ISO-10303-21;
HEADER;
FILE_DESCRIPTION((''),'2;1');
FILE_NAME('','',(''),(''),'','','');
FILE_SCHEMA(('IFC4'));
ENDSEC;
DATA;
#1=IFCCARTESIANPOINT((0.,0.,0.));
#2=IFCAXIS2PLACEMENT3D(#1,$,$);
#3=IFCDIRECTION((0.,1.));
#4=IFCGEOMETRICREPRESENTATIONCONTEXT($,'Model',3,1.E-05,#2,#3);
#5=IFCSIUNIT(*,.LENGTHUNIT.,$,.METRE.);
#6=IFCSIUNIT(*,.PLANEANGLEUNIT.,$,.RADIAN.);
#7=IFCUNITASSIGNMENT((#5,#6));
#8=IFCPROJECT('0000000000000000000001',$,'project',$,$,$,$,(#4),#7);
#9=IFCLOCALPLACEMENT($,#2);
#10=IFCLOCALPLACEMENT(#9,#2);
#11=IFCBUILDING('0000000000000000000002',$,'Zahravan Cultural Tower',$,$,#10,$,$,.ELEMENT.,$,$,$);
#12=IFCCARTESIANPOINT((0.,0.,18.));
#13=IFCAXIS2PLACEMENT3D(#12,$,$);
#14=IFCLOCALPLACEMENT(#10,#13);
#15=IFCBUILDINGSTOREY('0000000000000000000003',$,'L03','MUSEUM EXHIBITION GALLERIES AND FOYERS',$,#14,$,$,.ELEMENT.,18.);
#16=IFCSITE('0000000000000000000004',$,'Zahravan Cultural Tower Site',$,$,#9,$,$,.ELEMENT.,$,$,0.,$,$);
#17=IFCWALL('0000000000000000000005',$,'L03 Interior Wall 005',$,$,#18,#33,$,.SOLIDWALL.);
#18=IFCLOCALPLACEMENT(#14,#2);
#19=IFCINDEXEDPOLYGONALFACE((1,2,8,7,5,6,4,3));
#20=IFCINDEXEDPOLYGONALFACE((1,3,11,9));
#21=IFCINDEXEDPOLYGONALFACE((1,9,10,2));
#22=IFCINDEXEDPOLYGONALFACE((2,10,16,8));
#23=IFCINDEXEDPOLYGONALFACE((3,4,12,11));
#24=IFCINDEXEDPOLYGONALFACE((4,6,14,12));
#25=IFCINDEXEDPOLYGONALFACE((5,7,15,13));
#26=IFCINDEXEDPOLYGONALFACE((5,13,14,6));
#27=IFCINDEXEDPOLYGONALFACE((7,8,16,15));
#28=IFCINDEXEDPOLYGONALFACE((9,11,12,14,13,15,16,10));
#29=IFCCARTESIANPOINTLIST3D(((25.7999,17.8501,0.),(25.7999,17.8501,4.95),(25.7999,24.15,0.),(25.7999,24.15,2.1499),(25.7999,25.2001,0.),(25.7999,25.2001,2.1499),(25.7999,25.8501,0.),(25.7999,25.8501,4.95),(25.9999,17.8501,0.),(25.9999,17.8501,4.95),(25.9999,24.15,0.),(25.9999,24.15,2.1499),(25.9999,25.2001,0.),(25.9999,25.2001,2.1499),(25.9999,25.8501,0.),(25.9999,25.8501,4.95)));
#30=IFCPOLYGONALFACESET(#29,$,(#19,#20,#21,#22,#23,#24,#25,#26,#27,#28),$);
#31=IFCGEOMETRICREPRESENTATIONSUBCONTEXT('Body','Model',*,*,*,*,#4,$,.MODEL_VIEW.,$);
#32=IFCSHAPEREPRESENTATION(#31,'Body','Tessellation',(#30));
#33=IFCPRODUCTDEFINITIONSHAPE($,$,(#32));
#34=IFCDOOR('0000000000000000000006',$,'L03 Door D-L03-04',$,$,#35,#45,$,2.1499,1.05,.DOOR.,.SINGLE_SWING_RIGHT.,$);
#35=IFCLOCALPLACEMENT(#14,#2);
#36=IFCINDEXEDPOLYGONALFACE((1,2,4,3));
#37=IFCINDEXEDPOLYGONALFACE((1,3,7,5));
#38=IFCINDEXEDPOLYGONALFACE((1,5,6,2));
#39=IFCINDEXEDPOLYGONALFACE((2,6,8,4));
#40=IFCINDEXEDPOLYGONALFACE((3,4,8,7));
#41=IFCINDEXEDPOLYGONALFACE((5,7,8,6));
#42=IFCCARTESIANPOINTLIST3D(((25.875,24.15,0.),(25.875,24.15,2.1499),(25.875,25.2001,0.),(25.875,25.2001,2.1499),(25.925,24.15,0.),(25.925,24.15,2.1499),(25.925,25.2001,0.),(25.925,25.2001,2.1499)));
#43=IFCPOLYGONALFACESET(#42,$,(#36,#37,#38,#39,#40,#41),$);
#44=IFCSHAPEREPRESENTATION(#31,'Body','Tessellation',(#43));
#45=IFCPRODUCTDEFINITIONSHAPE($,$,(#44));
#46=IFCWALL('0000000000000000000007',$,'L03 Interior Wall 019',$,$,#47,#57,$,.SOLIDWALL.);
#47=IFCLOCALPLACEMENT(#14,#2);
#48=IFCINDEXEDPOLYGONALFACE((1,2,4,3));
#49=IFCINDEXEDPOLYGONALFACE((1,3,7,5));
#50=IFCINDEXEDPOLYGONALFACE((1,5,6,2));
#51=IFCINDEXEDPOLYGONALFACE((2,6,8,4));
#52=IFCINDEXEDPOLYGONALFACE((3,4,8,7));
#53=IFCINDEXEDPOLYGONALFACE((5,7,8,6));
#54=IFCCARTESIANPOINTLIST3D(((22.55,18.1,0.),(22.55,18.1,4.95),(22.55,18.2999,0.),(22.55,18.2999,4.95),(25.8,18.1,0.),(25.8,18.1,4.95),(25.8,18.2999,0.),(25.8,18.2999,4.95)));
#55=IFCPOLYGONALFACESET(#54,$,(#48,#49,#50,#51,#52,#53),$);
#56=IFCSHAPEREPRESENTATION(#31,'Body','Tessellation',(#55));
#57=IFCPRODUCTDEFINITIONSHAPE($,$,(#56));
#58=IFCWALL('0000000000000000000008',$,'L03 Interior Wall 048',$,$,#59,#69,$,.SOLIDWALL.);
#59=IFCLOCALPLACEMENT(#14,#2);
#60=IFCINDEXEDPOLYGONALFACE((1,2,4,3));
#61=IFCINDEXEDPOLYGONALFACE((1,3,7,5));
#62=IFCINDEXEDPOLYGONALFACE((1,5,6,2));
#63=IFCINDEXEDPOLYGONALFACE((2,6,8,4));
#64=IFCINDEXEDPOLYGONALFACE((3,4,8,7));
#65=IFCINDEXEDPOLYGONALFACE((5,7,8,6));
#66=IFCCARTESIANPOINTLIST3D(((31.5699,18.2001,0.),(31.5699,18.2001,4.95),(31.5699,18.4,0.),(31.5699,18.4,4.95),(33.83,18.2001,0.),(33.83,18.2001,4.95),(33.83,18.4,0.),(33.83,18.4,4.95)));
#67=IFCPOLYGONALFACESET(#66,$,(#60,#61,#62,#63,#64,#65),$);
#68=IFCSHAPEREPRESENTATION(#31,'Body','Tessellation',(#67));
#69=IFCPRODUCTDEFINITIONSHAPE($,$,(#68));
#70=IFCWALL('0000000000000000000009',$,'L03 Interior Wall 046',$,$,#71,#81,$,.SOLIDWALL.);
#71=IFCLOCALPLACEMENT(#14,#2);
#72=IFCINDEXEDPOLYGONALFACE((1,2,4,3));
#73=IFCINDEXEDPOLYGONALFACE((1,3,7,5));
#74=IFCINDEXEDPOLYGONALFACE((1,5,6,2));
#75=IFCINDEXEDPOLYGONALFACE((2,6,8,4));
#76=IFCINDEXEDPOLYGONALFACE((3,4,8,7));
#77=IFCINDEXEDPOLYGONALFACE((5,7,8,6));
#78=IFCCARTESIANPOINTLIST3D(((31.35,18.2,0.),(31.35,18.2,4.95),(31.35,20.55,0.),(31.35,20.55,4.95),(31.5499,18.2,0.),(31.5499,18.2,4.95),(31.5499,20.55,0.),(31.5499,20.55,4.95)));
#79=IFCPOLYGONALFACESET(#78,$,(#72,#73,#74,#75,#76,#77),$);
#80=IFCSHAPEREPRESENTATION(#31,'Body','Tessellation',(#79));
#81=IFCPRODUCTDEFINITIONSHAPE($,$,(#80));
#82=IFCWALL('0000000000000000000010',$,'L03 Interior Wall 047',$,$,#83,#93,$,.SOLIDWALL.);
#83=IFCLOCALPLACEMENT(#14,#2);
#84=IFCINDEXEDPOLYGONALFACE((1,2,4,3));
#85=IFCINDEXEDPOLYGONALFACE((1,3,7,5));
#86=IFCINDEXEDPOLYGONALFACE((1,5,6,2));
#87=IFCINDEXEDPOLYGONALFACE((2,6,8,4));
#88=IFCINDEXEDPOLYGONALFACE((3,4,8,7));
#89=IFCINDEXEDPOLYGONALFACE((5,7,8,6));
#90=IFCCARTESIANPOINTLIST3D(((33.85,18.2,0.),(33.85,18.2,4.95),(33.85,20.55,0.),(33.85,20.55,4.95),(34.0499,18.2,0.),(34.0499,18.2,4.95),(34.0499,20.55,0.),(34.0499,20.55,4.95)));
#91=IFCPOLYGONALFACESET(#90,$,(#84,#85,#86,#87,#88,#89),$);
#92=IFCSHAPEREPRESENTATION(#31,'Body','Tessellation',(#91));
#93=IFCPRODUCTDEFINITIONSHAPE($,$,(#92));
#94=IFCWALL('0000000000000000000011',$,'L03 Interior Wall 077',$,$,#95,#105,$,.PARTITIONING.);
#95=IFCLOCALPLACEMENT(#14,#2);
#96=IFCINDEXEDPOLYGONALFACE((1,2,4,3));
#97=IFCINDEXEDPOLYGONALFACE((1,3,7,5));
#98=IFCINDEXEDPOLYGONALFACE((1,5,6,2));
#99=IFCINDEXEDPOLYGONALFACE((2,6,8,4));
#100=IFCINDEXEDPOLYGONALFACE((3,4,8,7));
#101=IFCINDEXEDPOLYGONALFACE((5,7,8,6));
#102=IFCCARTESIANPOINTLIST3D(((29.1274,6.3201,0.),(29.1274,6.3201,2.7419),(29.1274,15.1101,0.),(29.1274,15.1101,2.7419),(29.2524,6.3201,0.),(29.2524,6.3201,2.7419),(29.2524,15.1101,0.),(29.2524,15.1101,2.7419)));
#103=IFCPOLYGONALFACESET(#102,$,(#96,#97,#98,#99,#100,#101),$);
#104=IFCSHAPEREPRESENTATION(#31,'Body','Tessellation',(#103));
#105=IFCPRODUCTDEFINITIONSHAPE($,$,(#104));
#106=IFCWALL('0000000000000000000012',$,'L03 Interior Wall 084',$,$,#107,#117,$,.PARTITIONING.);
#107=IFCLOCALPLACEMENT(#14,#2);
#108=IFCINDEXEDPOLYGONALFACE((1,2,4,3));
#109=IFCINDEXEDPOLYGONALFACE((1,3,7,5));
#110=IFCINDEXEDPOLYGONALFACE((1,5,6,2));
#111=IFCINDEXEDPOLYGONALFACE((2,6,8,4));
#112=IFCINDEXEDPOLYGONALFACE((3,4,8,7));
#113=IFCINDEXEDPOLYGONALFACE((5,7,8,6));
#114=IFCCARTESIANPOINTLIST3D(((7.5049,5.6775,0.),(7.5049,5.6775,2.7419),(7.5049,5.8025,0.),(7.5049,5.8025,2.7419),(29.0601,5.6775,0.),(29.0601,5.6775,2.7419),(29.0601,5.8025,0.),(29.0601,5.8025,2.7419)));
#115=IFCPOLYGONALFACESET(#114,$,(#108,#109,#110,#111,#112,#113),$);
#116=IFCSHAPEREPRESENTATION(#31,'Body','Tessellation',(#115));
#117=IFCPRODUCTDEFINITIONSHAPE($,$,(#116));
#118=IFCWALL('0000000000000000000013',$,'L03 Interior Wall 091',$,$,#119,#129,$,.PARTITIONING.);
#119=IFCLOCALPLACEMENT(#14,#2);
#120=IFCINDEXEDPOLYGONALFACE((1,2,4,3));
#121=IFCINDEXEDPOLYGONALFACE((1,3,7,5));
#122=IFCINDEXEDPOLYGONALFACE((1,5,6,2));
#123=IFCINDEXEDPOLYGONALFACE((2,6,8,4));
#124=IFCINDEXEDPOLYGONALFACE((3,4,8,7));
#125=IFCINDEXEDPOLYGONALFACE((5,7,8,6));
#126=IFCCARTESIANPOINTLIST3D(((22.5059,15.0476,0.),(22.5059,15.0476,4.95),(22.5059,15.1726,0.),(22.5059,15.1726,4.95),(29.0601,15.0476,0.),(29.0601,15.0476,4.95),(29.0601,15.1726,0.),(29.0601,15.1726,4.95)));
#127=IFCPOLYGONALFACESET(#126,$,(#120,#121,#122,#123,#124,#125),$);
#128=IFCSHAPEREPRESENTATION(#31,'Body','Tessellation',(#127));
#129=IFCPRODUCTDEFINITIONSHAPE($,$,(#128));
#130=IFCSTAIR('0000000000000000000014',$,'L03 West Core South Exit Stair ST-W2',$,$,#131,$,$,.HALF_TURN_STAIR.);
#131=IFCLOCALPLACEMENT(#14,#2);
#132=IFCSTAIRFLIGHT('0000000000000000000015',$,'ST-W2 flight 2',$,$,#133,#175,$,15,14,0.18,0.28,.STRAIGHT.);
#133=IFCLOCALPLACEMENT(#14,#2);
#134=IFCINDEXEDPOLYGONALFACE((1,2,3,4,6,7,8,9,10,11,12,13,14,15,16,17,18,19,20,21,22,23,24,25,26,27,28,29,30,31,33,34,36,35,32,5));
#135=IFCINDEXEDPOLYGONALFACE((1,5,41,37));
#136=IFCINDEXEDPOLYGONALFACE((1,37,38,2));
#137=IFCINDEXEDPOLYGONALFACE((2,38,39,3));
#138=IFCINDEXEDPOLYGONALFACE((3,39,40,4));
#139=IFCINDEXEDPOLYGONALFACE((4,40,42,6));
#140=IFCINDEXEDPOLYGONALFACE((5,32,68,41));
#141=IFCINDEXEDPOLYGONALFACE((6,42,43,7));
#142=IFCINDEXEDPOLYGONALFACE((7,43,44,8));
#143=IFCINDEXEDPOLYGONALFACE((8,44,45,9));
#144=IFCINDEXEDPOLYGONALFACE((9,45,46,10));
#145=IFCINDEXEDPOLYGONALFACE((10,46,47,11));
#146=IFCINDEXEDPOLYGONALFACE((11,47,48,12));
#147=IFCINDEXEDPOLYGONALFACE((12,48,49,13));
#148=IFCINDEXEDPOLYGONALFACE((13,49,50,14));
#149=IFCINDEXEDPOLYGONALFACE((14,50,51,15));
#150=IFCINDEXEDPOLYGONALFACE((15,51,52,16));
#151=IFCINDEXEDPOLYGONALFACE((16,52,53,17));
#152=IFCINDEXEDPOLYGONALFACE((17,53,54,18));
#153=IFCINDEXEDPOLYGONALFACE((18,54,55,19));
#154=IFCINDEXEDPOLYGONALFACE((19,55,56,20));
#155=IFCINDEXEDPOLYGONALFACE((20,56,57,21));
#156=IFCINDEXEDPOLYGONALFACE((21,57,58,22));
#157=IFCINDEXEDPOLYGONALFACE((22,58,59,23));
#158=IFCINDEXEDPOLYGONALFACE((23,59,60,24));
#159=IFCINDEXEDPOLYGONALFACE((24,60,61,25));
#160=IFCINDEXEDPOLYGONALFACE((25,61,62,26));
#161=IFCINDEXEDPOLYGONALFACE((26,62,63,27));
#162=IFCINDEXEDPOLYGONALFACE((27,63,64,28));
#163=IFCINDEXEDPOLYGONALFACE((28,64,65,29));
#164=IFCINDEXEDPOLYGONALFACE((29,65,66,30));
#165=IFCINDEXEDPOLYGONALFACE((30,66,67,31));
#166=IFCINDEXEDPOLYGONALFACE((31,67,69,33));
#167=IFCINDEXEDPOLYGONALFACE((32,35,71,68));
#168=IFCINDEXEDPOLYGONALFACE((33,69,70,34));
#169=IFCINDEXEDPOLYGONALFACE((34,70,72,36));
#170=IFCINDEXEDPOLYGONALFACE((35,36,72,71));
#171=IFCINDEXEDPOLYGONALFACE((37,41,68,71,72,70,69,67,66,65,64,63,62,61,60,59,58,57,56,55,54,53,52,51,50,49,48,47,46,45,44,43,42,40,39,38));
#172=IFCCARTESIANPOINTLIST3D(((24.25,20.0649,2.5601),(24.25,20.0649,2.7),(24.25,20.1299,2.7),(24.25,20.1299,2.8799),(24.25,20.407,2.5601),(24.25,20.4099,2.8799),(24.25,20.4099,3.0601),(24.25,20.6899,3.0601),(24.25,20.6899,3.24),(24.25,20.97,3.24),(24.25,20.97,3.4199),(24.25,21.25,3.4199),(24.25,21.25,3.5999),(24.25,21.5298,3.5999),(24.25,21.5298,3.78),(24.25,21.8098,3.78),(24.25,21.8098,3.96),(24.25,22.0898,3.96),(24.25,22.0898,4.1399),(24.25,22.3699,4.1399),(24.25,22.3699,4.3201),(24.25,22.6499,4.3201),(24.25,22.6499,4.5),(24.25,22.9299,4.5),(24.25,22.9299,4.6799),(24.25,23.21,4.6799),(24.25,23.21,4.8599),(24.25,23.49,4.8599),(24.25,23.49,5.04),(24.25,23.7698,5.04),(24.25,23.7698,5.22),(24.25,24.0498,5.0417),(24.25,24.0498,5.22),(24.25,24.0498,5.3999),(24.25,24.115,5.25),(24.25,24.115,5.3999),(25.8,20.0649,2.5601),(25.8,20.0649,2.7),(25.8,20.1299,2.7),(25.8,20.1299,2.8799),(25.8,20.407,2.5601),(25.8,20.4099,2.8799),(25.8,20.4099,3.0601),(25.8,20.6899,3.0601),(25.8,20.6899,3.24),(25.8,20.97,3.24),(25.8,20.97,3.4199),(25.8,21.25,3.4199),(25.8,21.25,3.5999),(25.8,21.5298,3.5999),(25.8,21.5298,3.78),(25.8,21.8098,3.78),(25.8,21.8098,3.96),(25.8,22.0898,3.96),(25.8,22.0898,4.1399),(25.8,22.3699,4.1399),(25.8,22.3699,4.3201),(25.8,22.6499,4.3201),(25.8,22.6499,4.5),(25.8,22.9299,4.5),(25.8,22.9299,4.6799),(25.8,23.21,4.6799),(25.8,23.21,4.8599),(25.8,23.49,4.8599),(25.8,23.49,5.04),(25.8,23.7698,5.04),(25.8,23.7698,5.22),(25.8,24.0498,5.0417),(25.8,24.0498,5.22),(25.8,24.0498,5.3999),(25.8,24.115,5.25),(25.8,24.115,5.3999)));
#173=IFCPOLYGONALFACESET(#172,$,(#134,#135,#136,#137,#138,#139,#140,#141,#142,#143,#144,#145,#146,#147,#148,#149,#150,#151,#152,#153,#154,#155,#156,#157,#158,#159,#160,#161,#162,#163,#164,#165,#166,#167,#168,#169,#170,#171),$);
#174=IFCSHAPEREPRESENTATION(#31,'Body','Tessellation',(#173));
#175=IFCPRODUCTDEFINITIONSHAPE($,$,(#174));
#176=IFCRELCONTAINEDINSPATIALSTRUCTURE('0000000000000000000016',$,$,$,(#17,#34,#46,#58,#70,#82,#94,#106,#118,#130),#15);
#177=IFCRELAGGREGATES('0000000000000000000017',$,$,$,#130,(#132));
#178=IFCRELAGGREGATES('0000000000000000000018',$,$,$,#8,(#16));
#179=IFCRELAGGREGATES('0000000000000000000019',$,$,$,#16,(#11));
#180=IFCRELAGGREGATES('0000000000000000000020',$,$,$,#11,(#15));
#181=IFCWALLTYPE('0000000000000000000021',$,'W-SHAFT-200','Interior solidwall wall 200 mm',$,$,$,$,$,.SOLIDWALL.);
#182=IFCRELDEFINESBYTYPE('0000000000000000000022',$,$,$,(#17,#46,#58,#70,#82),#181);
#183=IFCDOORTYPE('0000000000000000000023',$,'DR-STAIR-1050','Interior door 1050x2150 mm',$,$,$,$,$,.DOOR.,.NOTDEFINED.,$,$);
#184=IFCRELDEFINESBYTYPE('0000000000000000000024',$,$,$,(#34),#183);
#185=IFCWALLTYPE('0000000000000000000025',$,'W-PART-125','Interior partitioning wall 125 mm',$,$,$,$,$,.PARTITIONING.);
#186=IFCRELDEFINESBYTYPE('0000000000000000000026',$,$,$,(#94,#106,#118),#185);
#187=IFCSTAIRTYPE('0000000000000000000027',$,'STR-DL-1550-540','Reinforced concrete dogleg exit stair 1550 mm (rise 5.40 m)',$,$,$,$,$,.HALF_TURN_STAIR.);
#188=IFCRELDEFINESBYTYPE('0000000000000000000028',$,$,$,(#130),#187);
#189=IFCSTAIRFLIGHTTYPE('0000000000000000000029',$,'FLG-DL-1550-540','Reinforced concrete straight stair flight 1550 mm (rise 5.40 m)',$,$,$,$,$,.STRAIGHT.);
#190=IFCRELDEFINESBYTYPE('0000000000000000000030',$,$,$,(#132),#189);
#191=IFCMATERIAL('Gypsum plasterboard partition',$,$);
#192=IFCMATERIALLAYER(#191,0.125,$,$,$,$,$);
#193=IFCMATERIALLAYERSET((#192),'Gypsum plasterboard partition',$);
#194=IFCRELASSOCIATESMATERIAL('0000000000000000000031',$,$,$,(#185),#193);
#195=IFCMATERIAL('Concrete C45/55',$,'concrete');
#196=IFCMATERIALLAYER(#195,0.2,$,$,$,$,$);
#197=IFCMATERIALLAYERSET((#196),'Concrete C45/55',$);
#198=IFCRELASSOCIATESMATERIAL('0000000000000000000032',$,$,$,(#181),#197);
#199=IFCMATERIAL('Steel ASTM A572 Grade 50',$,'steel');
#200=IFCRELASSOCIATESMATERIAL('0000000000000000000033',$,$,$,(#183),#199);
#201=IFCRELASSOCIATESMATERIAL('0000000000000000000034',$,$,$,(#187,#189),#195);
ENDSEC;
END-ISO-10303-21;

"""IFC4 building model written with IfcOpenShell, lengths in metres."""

from ifc_helpers import new_model, si_unit, direction, frame, frame_2d, origin, place, context, subcontext, project, spatial, polyline, rectangle, outline, extrude, source, transform, mapped, material, layer, layer_set, type_object, element, fill, aggregate, save


model = new_model("IFC4")

# Units and contexts
model_context = context("Model", 3, precision=1e-05, world=origin(), true_north=direction((0.0, 1.0)))
body_context = subcontext(model_context, "Body", "Model", "MODEL_VIEW")
ifc_project = project(units=[si_unit("LENGTHUNIT", "METRE"), si_unit("PLANEANGLEUNIT", "RADIAN")], contexts=[model_context])

# Site, building, storey
site_placement = place(None, origin())
site = spatial("IfcSite", under=ifc_project, at=site_placement, Name="Zahravan Cultural Tower Site", CompositionType="ELEMENT", RefElevation=0.0)
building_placement = place(site_placement, origin())
building = spatial("IfcBuilding", under=site, at=building_placement, Name="Zahravan Cultural Tower", CompositionType="ELEMENT")
storey_placement = place(building_placement, frame((0.0, 0.0, 18.0)))
storey = spatial("IfcBuildingStorey", under=building, at=storey_placement, Name="L03", Description="MUSEUM EXHIBITION GALLERIES AND FOYERS", CompositionType="ELEMENT", Elevation=18.0)

# Shared definitions
ifc_material_1 = material(Name="Steel ASTM A572 Grade 50", Category="steel")

# Wall, opening, door
ifc_material_2 = material(Name="Gypsum plasterboard partition")
ifc_layer_1 = layer(ifc_material_2, 0.125)
ifc_layer_set_1 = layer_set([ifc_layer_1], Name="Gypsum plasterboard partition")
wall_type_1 = type_object("IfcWallType", Name="W-PART-125", Description="Interior partitioning wall 125 mm", PredefinedType="PARTITIONING", material=ifc_layer_set_1)
ifc_material_3 = material(Name="Concrete C45/55", Category="concrete")
ifc_layer_2 = layer(ifc_material_3, 0.2)
ifc_layer_set_2 = layer_set([ifc_layer_2], Name="Concrete C45/55")
wall_type_2 = type_object("IfcWallType", Name="W-SHAFT-200", Description="Interior solidwall wall 200 mm", PredefinedType="SOLIDWALL", material=ifc_layer_set_2)
wall_1_placement = place(storey_placement, frame((25.8999, 17.8501, 0.0), z_axis=(0.0, 0.0, 1.0), x_axis=(0.0, 1.0, 0.0)))
wall_1 = element("IfcWall", 1, at=wall_1_placement, inside=storey, type_object=wall_type_2, Name="L03 Interior Wall 005", PredefinedType="SOLIDWALL", context=body_context, shape_type="SweptSolid", body=[
    extrude(rectangle(XDim=8.0, YDim=0.2, at=frame_2d((4.0, 0.0))), origin(), (0.0, 0.0, 1.0), 4.95),
])
opening_1_placement = place(wall_1_placement, frame((6.3, 0.0, 0.0)))
opening_1 = element("IfcOpeningElement", 2, at=opening_1_placement, cuts=wall_1, PredefinedType="OPENING", context=body_context, shape_type="SweptSolid", body=[
    extrude(rectangle(XDim=1.05, YDim=2.1499, at=frame_2d((0.5249, 1.075))), frame((0.0, 0.1099, 0.0), z_axis=(0.0, -1.0, 0.0), x_axis=(1.0, 0.0, 0.0)), (0.0, 0.0, 1.0), 0.22),
])
door_type_1 = type_object("IfcDoorType", Name="DR-STAIR-1050", Description="Interior door 1050x2150 mm", OperationType="NOTDEFINED", PredefinedType="DOOR", material=ifc_material_1)
shared_shape_1 = source(origin(), body_context, "Body", "SweptSolid", [
    extrude(rectangle(XDim=1.05, YDim=2.1499, at=frame_2d((0.5249, 1.075))), frame((0.0, 0.0249, 0.0), z_axis=(0.0, -1.0, 0.0), x_axis=(1.0, 0.0, 0.0)), (0.0, 0.0, 1.0), 0.05),
])
door_1_placement = place(opening_1_placement, origin())
door_1 = element("IfcDoor", 3, at=door_1_placement, inside=storey, type_object=door_type_1, Name="L03 Door D-L03-04", OperationType="SINGLE_SWING_RIGHT", OverallHeight=2.1499, OverallWidth=1.05, PredefinedType="DOOR", context=body_context, shape_type="MappedRepresentation", body=[
    mapped(shared_shape_1, transform((0.0, 0.0, 0.0), x_axis=(1.0, 0.0, 0.0), y_axis=(0.0, 1.0, 0.0), z_axis=(0.0, 0.0, 1.0), scale=1.0)),
])
fill(opening_1, door_1)

# Walls
shared_shape_2 = source(origin(), body_context, "Body", "SweptSolid", [
    extrude(rectangle(XDim=3.25, YDim=0.2, at=frame_2d((1.625, 0.0))), origin(), (0.0, 0.0, 1.0), 4.95),
])
wall_2_placement = place(storey_placement, frame((22.55, 18.2, 0.0), z_axis=(0.0, 0.0, 1.0), x_axis=(1.0, 0.0, 0.0)))
element("IfcWall", 4, at=wall_2_placement, inside=storey, type_object=wall_type_2, Name="L03 Interior Wall 019", PredefinedType="SOLIDWALL", context=body_context, shape_type="MappedRepresentation", body=[
    mapped(shared_shape_2, transform((0.0, 0.0, 0.0), x_axis=(1.0, 0.0, 0.0), y_axis=(0.0, 1.0, 0.0), z_axis=(0.0, 0.0, 1.0), scale=1.0)),
])
shared_shape_3 = source(origin(), body_context, "Body", "SweptSolid", [
    extrude(rectangle(XDim=2.26, YDim=0.2, at=frame_2d((1.1299, 0.0))), origin(), (0.0, 0.0, 1.0), 4.95),
])
wall_3_placement = place(storey_placement, frame((31.5701, 18.3, 0.0), z_axis=(0.0, 0.0, 1.0), x_axis=(1.0, 0.0, 0.0)))
element("IfcWall", 5, at=wall_3_placement, inside=storey, type_object=wall_type_2, Name="L03 Interior Wall 048", PredefinedType="SOLIDWALL", context=body_context, shape_type="MappedRepresentation", body=[
    mapped(shared_shape_3, transform((0.0, 0.0, 0.0), x_axis=(1.0, 0.0, 0.0), y_axis=(0.0, 1.0, 0.0), z_axis=(0.0, 0.0, 1.0), scale=1.0)),
])
shared_shape_4 = source(origin(), body_context, "Body", "SweptSolid", [
    extrude(rectangle(XDim=2.3501, YDim=0.2, at=frame_2d((1.175, 0.0))), origin(), (0.0, 0.0, 1.0), 4.95),
])
for number, where, z_axis, x_axis, name in (
    (6, (31.45, 18.2, 0.0), (0.0, 0.0, 1.0), (0.0, 1.0, 0.0), "L03 Interior Wall 046"),
    (7, (33.95, 18.2, 0.0), (0.0, 0.0, 1.0), (0.0, 1.0, 0.0), "L03 Interior Wall 047"),
):
    element("IfcWall", number, at=place(storey_placement, frame(where, z_axis=z_axis, x_axis=x_axis)), inside=storey, type_object=wall_type_2, Name=name, PredefinedType="SOLIDWALL", context=body_context, shape_type="MappedRepresentation", body=[
        mapped(shared_shape_4, transform((0.0, 0.0, 0.0), x_axis=(1.0, 0.0, 0.0), y_axis=(0.0, 1.0, 0.0), z_axis=(0.0, 0.0, 1.0), scale=1.0)),
    ])
shared_shape_5 = source(origin(), body_context, "Body", "SweptSolid", [
    extrude(rectangle(XDim=8.79, YDim=0.125, at=frame_2d((4.395, 0.0))), origin(), (0.0, 0.0, 1.0), 2.7419),
])
wall_4_placement = place(storey_placement, frame((29.1899, 6.3201, 0.0), z_axis=(0.0, 0.0, 1.0), x_axis=(0.0, 1.0, 0.0)))
element("IfcWall", 8, at=wall_4_placement, inside=storey, type_object=wall_type_1, Name="L03 Interior Wall 077", PredefinedType="PARTITIONING", context=body_context, shape_type="MappedRepresentation", body=[
    mapped(shared_shape_5, transform((0.0, 0.0, 0.0), x_axis=(1.0, 0.0, 0.0), y_axis=(0.0, 1.0, 0.0), z_axis=(0.0, 0.0, 1.0), scale=1.0)),
])
shared_shape_6 = source(origin(), body_context, "Body", "SweptSolid", [
    extrude(rectangle(XDim=21.5552, YDim=0.125, at=frame_2d((10.7776, 0.0))), origin(), (0.0, 0.0, 1.0), 2.7419),
])
wall_5_placement = place(storey_placement, frame((29.0601, 5.74, 0.0), z_axis=(0.0, 0.0, 1.0), x_axis=(-1.0, 0.0, 0.0)))
element("IfcWall", 9, at=wall_5_placement, inside=storey, type_object=wall_type_1, Name="L03 Interior Wall 084", PredefinedType="PARTITIONING", context=body_context, shape_type="MappedRepresentation", body=[
    mapped(shared_shape_6, transform((0.0, 0.0, 0.0), x_axis=(1.0, 0.0, 0.0), y_axis=(0.0, 1.0, 0.0), z_axis=(0.0, 0.0, 1.0), scale=1.0)),
])
shared_shape_7 = source(origin(), body_context, "Body", "SweptSolid", [
    extrude(rectangle(XDim=6.5542, YDim=0.125, at=frame_2d((3.2771, 0.0))), origin(), (0.0, 0.0, 1.0), 4.95),
])
wall_6_placement = place(storey_placement, frame((22.5059, 15.1101, 0.0), z_axis=(0.0, 0.0, 1.0), x_axis=(1.0, 0.0, 0.0)))
element("IfcWall", 10, at=wall_6_placement, inside=storey, type_object=wall_type_1, Name="L03 Interior Wall 091", PredefinedType="PARTITIONING", context=body_context, shape_type="MappedRepresentation", body=[
    mapped(shared_shape_7, transform((0.0, 0.0, 0.0), x_axis=(1.0, 0.0, 0.0), y_axis=(0.0, 1.0, 0.0), z_axis=(0.0, 0.0, 1.0), scale=1.0)),
])

# Stair, stair flight
stair_type = type_object("IfcStairType", Name="STR-DL-1550-540", Description="Reinforced concrete dogleg exit stair 1550 mm (rise 5.40 m)", PredefinedType="HALF_TURN_STAIR", material=ifc_material_3)
stair_placement = place(storey_placement, origin())
stair = element("IfcStair", 11, at=stair_placement, inside=storey, type_object=stair_type, Name="L03 West Core South Exit Stair ST-W2", PredefinedType="HALF_TURN_STAIR")
stair_flight_type = type_object("IfcStairFlightType", Name="FLG-DL-1550-540", Description="Reinforced concrete straight stair flight 1550 mm (rise 5.40 m)", PredefinedType="STRAIGHT", material=ifc_material_3)
stair_flight_placement = place(storey_placement, frame((25.0249, 20.1299, 2.7), z_axis=(0.0, 0.0, 1.0), x_axis=(0.0, 1.0, 0.0)))
stair_flight = element("IfcStairFlight", 12, at=stair_flight_placement, type_object=stair_flight_type, Name="ST-W2 flight 2", NumberOfRisers=15, NumberOfTreads=14, PredefinedType="STRAIGHT", RiserHeight=0.18, TreadLength=0.28, context=body_context, shape_type="SweptSolid", body=[
    extrude(outline(polyline([(-0.0649, -0.1399), (-0.0649, 0.0), (0.0, 0.0), (0.0, 0.1799), (0.28, 0.1799), (0.28, 0.3601), (0.5601, 0.3601), (0.5601, 0.54), (0.8401, 0.54), (0.8401, 0.72), (1.1201, 0.72), (1.1201, 0.8999), (1.3999, 0.8999), (1.3999, 1.0801), (1.6799, 1.0801), (1.6799, 1.26), (1.96, 1.26), (1.96, 1.4399), (2.24, 1.4399), (2.24, 1.6201), (2.52, 1.6201), (2.52, 1.8), (2.8, 1.8), (2.8, 1.98), (3.0801, 1.98), (3.0801, 2.1599), (3.3601, 2.1599), (3.3601, 2.3401), (3.6399, 2.3401), (3.6399, 2.52), (3.9199, 2.52), (3.9199, 2.7), (3.9851, 2.7), (3.9851, 2.55), (3.9199, 2.3418), (0.2771, -0.1399), (-0.0649, -0.1399)])), frame((0.0, 0.7749, 0.0), z_axis=(0.0, -1.0, 0.0), x_axis=(1.0, 0.0, 0.0)), (0.0, 0.0, 1.0), 1.55),
])
aggregate(stair, [stair_flight])

save(model, "model.ifc")
